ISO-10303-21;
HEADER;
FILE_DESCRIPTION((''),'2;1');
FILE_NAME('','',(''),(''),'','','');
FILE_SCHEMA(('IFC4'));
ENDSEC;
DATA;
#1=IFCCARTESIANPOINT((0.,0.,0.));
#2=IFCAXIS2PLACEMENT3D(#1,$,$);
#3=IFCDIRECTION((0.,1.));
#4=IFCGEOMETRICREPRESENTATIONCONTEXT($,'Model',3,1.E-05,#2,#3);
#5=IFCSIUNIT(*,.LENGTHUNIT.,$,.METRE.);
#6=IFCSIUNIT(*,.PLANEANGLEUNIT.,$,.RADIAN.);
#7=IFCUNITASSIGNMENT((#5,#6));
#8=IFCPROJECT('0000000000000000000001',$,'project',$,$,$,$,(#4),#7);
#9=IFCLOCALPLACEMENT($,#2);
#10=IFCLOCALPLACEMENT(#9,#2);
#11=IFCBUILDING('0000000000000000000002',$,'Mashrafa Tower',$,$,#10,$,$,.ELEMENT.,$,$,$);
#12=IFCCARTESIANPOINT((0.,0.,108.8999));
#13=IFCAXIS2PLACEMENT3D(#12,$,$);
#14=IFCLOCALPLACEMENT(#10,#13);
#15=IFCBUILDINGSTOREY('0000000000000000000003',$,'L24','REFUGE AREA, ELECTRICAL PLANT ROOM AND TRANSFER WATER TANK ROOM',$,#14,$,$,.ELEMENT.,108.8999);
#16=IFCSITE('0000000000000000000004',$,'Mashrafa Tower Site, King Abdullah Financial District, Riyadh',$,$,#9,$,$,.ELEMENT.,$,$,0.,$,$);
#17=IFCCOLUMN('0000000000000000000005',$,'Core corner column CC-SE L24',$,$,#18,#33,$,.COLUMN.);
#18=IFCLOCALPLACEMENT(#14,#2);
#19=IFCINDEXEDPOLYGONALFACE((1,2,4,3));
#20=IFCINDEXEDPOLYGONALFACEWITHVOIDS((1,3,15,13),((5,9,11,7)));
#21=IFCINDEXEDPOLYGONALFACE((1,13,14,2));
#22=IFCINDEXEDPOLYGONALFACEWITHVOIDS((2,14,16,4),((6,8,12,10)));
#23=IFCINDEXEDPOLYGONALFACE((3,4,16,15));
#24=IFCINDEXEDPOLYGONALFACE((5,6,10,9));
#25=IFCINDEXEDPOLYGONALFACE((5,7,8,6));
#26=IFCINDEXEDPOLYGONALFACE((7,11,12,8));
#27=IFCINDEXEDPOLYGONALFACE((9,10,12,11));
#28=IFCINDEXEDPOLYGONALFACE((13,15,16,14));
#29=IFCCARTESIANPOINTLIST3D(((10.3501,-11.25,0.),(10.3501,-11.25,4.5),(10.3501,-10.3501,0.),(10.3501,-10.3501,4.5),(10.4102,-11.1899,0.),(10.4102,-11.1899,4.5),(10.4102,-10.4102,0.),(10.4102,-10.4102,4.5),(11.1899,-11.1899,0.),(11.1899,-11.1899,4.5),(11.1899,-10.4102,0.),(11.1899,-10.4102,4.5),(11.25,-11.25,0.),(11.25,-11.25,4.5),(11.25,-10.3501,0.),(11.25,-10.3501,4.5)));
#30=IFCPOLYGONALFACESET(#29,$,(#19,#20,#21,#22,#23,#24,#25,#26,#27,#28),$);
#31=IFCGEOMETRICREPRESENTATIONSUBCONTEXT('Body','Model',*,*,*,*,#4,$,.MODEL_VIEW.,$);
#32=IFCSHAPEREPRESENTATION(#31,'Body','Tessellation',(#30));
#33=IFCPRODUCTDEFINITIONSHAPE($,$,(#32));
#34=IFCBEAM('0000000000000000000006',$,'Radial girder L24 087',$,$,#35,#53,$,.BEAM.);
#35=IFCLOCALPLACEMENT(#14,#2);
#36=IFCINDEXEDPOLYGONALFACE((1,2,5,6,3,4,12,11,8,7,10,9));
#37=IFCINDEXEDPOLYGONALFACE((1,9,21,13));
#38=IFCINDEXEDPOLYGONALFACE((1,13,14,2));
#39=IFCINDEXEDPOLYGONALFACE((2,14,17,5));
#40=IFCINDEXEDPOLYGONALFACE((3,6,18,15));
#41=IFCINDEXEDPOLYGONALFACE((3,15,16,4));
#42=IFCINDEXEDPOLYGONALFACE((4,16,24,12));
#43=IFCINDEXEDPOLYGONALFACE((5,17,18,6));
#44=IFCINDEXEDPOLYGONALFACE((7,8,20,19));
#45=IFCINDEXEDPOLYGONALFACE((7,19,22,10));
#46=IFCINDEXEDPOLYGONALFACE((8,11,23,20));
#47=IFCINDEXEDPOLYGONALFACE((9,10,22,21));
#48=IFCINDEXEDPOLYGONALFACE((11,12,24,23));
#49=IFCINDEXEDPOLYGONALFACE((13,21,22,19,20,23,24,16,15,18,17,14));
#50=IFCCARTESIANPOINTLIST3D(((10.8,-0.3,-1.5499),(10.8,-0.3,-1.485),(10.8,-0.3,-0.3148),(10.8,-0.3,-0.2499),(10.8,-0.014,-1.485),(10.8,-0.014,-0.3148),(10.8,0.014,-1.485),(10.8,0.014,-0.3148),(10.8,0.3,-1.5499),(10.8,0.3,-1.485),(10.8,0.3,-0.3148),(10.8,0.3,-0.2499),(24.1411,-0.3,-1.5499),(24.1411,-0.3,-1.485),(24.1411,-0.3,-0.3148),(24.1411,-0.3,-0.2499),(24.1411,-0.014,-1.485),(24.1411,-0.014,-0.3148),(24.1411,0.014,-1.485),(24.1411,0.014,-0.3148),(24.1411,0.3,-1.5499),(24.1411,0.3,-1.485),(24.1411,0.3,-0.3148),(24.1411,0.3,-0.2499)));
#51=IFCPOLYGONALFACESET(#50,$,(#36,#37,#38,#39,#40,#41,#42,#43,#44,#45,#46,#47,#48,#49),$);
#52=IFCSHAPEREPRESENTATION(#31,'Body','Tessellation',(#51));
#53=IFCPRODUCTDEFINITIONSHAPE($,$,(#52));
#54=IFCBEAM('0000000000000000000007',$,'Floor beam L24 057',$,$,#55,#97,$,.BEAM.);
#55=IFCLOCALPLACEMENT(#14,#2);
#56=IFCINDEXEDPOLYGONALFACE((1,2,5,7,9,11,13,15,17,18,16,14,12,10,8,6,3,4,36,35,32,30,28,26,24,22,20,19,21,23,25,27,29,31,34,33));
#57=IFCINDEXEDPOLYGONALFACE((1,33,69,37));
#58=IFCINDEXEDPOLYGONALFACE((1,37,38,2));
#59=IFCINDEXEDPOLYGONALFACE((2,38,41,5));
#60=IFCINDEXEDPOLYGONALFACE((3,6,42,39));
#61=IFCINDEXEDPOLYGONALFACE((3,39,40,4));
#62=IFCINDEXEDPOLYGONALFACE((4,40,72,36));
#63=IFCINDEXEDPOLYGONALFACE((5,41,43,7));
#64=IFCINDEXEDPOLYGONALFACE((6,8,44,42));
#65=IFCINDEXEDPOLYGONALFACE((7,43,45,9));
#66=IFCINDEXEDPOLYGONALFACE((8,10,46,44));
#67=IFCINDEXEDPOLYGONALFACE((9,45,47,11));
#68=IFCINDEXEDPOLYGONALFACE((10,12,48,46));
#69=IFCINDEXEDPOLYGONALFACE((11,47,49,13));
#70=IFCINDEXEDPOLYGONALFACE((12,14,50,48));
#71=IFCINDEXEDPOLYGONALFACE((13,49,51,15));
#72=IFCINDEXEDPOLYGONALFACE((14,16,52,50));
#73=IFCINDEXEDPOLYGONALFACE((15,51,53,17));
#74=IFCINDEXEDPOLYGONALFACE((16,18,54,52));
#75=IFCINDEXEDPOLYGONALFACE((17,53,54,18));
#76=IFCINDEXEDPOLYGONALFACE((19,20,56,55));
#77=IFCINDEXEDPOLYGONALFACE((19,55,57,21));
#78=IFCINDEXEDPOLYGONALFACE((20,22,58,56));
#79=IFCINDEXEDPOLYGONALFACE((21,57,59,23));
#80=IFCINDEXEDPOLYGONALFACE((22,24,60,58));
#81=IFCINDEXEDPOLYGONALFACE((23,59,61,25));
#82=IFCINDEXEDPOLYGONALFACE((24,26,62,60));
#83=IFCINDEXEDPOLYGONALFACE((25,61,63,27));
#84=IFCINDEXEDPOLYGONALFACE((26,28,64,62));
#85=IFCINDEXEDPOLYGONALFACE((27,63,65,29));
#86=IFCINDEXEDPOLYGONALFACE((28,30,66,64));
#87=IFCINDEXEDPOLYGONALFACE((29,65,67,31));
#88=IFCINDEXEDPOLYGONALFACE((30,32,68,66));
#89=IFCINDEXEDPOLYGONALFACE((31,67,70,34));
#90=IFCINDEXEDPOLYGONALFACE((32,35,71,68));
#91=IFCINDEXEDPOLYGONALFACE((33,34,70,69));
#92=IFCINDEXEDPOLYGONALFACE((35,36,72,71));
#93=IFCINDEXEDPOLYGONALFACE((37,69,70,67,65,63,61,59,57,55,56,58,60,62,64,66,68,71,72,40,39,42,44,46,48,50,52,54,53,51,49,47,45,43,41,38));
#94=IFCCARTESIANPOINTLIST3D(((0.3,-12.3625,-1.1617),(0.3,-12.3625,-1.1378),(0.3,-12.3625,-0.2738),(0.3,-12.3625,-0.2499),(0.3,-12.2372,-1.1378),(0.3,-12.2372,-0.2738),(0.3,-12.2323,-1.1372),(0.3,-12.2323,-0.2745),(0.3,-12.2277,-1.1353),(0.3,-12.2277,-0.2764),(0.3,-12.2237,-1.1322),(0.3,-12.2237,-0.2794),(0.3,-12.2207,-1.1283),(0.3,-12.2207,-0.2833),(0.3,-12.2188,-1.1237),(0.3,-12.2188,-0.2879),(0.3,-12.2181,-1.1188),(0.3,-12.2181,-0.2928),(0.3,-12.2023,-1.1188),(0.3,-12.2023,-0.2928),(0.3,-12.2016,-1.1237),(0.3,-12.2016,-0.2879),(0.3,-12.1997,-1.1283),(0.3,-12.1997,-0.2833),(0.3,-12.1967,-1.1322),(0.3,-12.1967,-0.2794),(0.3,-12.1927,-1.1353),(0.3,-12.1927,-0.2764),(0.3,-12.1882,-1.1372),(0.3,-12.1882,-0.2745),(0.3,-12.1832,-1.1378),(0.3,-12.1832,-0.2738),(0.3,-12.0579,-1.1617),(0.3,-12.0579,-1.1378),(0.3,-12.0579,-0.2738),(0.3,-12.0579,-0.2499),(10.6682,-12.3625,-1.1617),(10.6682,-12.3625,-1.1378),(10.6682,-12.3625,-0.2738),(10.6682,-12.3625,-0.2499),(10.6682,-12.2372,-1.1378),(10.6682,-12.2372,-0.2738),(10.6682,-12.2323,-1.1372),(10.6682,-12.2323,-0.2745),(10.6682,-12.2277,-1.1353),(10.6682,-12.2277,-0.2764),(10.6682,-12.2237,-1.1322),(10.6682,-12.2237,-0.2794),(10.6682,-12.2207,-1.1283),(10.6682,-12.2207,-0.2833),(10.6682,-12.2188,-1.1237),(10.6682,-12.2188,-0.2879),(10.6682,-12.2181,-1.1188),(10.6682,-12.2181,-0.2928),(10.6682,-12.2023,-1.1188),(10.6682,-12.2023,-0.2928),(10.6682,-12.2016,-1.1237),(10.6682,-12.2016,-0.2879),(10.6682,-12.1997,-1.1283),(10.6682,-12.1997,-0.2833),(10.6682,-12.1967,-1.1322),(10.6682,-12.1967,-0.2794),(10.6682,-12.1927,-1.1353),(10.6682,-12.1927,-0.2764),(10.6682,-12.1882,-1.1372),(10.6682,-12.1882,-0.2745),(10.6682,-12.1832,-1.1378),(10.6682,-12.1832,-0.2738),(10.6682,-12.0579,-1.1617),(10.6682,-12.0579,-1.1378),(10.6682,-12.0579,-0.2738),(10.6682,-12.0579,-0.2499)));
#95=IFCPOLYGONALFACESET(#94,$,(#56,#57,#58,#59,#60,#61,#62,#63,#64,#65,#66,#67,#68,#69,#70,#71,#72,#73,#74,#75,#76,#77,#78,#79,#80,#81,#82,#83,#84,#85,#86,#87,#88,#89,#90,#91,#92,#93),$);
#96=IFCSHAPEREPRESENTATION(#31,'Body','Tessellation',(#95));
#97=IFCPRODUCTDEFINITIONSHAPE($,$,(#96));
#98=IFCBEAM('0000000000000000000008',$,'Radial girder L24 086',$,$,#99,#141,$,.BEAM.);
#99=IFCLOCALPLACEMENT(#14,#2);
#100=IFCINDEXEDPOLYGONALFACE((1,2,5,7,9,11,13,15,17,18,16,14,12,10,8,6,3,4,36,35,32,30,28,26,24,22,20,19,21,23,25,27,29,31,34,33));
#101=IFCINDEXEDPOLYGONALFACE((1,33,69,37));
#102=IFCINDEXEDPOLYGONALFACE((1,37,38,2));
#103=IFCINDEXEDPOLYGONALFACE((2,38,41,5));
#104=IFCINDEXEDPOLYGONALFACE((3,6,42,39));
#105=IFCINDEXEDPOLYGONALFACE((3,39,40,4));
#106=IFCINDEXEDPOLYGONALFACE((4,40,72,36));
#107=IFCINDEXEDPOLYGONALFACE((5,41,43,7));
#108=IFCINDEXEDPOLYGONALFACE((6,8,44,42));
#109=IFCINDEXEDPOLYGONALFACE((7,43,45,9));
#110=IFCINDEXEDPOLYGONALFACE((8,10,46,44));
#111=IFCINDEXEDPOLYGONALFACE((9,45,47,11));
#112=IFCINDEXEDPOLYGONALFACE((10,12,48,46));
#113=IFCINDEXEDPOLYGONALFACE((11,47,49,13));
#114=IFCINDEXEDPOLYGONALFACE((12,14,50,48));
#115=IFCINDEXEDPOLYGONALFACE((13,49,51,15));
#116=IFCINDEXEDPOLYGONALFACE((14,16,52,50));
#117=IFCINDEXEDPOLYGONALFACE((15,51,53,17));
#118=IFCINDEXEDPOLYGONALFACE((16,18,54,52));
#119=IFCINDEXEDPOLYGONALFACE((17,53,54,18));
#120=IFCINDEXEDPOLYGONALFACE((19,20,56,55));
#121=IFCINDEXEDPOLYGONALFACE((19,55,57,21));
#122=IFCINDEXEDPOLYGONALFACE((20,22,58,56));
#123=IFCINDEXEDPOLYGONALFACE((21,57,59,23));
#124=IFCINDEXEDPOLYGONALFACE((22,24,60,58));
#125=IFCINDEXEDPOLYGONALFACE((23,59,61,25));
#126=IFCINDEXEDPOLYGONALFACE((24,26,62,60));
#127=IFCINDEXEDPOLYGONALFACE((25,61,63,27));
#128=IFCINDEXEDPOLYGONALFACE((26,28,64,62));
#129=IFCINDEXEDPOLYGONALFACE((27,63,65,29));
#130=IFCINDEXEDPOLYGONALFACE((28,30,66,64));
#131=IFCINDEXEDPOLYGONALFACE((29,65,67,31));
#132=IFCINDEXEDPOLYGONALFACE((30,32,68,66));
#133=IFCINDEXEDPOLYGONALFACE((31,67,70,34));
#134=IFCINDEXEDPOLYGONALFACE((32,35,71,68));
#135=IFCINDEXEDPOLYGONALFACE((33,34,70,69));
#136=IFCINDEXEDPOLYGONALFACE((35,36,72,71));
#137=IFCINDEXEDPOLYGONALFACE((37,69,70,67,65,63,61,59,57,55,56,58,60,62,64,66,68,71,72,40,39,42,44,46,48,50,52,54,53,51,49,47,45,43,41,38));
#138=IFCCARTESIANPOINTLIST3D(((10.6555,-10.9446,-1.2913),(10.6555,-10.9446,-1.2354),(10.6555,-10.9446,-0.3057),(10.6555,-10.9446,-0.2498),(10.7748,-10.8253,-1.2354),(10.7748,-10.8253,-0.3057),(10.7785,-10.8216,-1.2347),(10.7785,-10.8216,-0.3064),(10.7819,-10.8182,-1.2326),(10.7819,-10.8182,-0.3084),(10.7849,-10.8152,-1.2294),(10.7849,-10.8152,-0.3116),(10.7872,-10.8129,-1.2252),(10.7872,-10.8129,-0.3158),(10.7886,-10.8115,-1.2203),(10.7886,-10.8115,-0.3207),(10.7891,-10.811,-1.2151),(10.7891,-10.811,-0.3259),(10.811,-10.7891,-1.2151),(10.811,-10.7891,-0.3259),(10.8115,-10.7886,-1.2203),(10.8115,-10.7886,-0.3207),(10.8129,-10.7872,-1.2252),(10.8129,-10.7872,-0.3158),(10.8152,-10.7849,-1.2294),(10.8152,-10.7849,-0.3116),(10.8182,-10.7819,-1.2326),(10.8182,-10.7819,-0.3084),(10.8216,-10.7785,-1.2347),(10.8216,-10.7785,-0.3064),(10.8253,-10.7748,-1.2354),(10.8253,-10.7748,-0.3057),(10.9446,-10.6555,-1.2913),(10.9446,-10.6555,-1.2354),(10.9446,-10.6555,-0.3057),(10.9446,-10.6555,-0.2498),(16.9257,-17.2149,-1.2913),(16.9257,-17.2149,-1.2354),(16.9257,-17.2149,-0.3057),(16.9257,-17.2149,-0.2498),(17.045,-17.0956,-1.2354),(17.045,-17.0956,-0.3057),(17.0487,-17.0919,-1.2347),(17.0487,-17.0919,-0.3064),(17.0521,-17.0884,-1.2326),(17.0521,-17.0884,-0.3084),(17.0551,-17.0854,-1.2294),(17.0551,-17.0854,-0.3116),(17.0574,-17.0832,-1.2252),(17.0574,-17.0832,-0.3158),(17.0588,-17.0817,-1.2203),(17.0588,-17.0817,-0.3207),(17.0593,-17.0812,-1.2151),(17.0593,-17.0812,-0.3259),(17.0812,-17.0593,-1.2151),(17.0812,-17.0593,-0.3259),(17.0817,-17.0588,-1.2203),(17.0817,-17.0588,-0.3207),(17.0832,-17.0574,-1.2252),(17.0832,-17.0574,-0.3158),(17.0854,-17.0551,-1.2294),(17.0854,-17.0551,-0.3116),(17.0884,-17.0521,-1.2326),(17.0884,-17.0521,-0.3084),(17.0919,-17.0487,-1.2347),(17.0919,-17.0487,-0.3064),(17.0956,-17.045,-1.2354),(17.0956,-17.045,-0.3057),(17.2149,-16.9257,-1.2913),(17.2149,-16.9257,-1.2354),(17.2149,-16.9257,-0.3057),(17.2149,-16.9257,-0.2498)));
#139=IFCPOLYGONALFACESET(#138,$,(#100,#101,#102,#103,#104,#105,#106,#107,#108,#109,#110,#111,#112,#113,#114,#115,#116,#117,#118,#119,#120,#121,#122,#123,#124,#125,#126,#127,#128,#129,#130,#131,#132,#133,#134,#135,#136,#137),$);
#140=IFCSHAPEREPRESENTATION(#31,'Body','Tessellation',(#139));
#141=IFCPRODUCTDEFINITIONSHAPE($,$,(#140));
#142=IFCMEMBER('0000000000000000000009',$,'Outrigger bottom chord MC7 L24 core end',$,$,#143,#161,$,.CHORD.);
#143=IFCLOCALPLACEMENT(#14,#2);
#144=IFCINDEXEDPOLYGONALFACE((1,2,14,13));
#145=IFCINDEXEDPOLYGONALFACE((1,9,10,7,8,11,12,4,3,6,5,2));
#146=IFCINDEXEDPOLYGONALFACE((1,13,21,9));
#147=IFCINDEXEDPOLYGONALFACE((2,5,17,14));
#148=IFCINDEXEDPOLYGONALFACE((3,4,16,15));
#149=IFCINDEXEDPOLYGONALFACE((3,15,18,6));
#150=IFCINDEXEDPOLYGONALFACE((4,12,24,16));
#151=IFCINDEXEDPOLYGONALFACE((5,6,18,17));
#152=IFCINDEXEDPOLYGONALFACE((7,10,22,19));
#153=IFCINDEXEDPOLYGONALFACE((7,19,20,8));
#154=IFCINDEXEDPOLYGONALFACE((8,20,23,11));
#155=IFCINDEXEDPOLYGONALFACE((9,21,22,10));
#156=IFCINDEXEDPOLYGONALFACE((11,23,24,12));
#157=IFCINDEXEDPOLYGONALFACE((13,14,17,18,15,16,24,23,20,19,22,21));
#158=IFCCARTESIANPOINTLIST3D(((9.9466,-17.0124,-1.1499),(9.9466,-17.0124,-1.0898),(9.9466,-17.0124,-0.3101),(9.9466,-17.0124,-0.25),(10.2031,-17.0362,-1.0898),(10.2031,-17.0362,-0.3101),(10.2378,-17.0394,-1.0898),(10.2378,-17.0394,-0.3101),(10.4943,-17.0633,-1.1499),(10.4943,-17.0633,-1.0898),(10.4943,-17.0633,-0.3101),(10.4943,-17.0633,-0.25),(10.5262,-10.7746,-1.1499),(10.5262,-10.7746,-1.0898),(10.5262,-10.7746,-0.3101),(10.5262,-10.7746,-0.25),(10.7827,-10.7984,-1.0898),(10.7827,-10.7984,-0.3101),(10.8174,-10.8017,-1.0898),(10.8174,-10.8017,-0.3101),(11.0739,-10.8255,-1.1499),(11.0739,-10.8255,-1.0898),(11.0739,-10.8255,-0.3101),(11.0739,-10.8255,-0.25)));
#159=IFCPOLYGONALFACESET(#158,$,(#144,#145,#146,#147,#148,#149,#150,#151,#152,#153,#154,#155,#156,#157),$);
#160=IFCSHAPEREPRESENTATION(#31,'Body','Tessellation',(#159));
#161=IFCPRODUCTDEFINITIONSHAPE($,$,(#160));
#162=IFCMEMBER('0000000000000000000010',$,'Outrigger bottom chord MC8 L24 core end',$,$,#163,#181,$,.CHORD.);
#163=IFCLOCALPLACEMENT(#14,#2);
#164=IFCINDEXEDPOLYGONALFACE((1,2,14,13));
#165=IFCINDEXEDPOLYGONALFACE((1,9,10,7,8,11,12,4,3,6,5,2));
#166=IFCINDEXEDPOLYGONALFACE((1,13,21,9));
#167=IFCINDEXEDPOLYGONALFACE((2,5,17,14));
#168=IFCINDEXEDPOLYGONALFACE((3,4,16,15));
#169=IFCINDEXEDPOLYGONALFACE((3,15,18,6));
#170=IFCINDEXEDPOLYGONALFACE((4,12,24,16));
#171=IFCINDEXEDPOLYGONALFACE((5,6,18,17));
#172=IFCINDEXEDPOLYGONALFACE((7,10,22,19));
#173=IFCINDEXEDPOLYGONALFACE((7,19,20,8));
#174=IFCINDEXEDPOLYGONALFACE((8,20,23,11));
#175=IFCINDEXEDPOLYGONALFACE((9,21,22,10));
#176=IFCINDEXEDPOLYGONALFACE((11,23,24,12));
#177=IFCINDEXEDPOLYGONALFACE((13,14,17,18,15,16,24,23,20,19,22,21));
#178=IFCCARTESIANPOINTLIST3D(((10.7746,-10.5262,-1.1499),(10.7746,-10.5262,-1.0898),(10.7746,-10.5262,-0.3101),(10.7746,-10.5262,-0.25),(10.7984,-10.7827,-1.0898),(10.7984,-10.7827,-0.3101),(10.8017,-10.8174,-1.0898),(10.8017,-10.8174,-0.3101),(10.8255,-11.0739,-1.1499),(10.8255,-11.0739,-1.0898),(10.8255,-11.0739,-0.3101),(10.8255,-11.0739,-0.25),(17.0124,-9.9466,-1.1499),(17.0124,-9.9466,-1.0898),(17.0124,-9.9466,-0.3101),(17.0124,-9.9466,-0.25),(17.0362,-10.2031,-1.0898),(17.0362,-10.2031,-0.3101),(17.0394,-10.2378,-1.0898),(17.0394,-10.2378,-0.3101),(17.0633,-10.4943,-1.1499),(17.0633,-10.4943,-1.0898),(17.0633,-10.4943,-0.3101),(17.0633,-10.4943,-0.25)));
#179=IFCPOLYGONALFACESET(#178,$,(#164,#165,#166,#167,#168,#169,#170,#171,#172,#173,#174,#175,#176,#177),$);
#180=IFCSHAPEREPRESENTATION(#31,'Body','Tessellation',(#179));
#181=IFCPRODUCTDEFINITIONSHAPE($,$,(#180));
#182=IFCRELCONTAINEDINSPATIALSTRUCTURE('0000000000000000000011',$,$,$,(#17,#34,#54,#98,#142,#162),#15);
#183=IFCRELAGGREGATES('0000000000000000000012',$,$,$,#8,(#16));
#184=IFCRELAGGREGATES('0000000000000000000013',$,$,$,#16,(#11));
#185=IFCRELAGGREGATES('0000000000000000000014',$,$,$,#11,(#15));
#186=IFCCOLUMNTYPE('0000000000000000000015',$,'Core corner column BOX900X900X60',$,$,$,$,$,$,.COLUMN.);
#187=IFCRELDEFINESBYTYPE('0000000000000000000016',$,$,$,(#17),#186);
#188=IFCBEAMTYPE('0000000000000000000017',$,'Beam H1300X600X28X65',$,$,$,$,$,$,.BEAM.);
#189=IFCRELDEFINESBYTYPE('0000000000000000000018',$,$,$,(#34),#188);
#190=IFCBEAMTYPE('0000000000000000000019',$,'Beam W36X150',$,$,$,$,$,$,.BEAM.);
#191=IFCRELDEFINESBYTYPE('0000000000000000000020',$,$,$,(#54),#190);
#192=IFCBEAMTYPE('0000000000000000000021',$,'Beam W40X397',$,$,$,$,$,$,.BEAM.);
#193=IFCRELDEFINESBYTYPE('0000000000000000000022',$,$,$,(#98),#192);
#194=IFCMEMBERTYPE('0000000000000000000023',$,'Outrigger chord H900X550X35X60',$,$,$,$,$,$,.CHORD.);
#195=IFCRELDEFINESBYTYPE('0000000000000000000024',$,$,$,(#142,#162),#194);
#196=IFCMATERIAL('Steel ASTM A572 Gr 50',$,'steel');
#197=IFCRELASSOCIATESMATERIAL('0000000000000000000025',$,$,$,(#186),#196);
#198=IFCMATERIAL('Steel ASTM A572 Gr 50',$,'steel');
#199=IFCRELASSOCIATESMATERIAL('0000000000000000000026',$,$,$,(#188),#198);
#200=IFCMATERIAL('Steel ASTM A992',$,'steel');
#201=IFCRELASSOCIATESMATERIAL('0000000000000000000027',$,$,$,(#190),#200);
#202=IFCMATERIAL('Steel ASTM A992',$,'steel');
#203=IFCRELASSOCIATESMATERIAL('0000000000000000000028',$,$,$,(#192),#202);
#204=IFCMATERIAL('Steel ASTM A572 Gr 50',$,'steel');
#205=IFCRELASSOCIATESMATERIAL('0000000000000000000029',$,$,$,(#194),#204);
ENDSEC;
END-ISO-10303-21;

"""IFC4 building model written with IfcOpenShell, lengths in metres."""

from ifc_helpers import new_model, si_unit, direction, frame, origin, origin_2d, place, context, subcontext, project, spatial, hollow_rectangle, i_section, extrude, source, transform, mapped, material, material_profile, profile_set, type_object, element, save


model = new_model("IFC4")

# Units and contexts
model_context = context("Model", 3, precision=1e-05, world=origin(), true_north=direction((0.0, 1.0)))
body_context = subcontext(model_context, "Body", "Model", "MODEL_VIEW")
ifc_project = project(units=[si_unit("LENGTHUNIT", "METRE"), si_unit("PLANEANGLEUNIT", "RADIAN")], contexts=[model_context])

# Site, building, storey
site_placement = place(None, origin())
site = spatial("IfcSite", under=ifc_project, at=site_placement, Name="Mashrafa Tower Site, King Abdullah Financial District, Riyadh", CompositionType="ELEMENT", RefElevation=0.0)
building_placement = place(site_placement, origin())
building = spatial("IfcBuilding", under=site, at=building_placement, Name="Mashrafa Tower", CompositionType="ELEMENT")
storey_placement = place(building_placement, frame((0.0, 0.0, 108.8999)))
storey = spatial("IfcBuildingStorey", under=building, at=storey_placement, Name="L24", Description="REFUGE AREA, ELECTRICAL PLANT ROOM AND TRANSFER WATER TANK ROOM", CompositionType="ELEMENT", Elevation=108.8999)

# Column
ifc_material_1 = material(Name="Steel ASTM A572 Gr 50", Category="steel")
ifc_material_profile_1 = material_profile(ifc_material_1, hollow_rectangle(XDim=0.8999, YDim=0.8999, WallThickness=0.0601, at=origin_2d()), Name="BOX900X900X60")
ifc_profile_set_1 = profile_set([ifc_material_profile_1], Name="Steel ASTM A572 Gr 50")
column_type = type_object("IfcColumnType", Name="Core corner column BOX900X900X60", PredefinedType="COLUMN", material=ifc_profile_set_1)
column_placement = place(storey_placement, frame((10.8, -10.8, 0.0), z_axis=(0.0, 0.0, 1.0), x_axis=(1.0, 0.0, 0.0)))
element("IfcColumn", 1, at=column_placement, inside=storey, type_object=column_type, Name="Core corner column CC-SE L24", PredefinedType="COLUMN", context=body_context, shape_type="SweptSolid", body=[
    extrude(hollow_rectangle(XDim=0.8999, YDim=0.8999, WallThickness=0.0601, at=origin_2d()), origin(), (0.0, 0.0, 1.0), 4.5),
])

# Beams
ifc_material_2 = material(Name="Steel ASTM A572 Gr 50", Category="steel")
ifc_material_profile_2 = material_profile(ifc_material_2, i_section(OverallWidth=0.6001, OverallDepth=1.3, WebThickness=0.0281, FlangeThickness=0.0649, at=origin_2d()), Name="H1300X600X28X65")
ifc_profile_set_2 = profile_set([ifc_material_profile_2], Name="Steel ASTM A572 Gr 50")
beam_type_1 = type_object("IfcBeamType", Name="Beam H1300X600X28X65", PredefinedType="BEAM", material=ifc_profile_set_2)
beam_1_placement = place(storey_placement, frame((10.8, 0.0, -0.8999), z_axis=(1.0, 0.0, 0.0), x_axis=(0.0, 1.0, 0.0)))
element("IfcBeam", 2, at=beam_1_placement, inside=storey, type_object=beam_type_1, Name="Radial girder L24 087", PredefinedType="BEAM", context=body_context, shape_type="SweptSolid", body=[
    extrude(i_section(OverallWidth=0.6001, OverallDepth=1.3, WebThickness=0.0281, FlangeThickness=0.0649, at=origin_2d()), origin(), (0.0, 0.0, 1.0), 13.3411),
])
ifc_material_3 = material(Name="Steel ASTM A992", Category="steel")
ifc_material_profile_3 = material_profile(ifc_material_3, i_section(OverallWidth=0.3047, OverallDepth=0.9119, WebThickness=0.0159, FlangeThickness=0.0239, FilletRadius=0.019, at=origin_2d()), Name="W36X150")
ifc_profile_set_3 = profile_set([ifc_material_profile_3], Name="Steel ASTM A992")
beam_type_2 = type_object("IfcBeamType", Name="Beam W36X150", PredefinedType="BEAM", material=ifc_profile_set_3)
beam_2_placement = place(storey_placement, frame((10.6682, -12.2102, -0.7058), z_axis=(-1.0, 0.0, 0.0), x_axis=(0.0, -1.0, 0.0)))
element("IfcBeam", 3, at=beam_2_placement, inside=storey, type_object=beam_type_2, Name="Floor beam L24 057", PredefinedType="BEAM", context=body_context, shape_type="SweptSolid", body=[
    extrude(i_section(OverallWidth=0.3047, OverallDepth=0.9119, WebThickness=0.0159, FlangeThickness=0.0239, FilletRadius=0.019, at=origin_2d()), origin(), (0.0, 0.0, 1.0), 10.3682),
])
ifc_material_4 = material(Name="Steel ASTM A992", Category="steel")
ifc_material_profile_4 = material_profile(ifc_material_4, i_section(OverallWidth=0.4089, OverallDepth=1.0415, WebThickness=0.031, FlangeThickness=0.0559, FilletRadius=0.0203, at=origin_2d()), Name="W40X397")
ifc_profile_set_4 = profile_set([ifc_material_profile_4], Name="Steel ASTM A992")
beam_type_3 = type_object("IfcBeamType", Name="Beam W40X397", PredefinedType="BEAM", material=ifc_profile_set_4)
beam_3_placement = place(storey_placement, frame((10.8, -10.8, -0.7705), z_axis=(0.707107, -0.707107, 0.0), x_axis=(0.707107, 0.707107, 0.0)))
element("IfcBeam", 4, at=beam_3_placement, inside=storey, type_object=beam_type_3, Name="Radial girder L24 086", PredefinedType="BEAM", context=body_context, shape_type="SweptSolid", body=[
    extrude(i_section(OverallWidth=0.4089, OverallDepth=1.0415, WebThickness=0.031, FlangeThickness=0.0559, FilletRadius=0.0203, at=origin_2d()), origin(), (0.0, 0.0, 1.0), 8.8674),
])

# Members
ifc_material_5 = material(Name="Steel ASTM A572 Gr 50", Category="steel")
ifc_material_profile_5 = material_profile(ifc_material_5, i_section(OverallWidth=0.55, OverallDepth=0.8999, WebThickness=0.0349, FlangeThickness=0.0601, at=origin_2d()), Name="H900X550X35X60")
ifc_profile_set_5 = profile_set([ifc_material_profile_5], Name="Steel ASTM A572 Gr 50")
member_type = type_object("IfcMemberType", Name="Outrigger chord H900X550X35X60", PredefinedType="CHORD", material=ifc_profile_set_5)
shared_shape_1 = source(origin(), body_context, "Body", "SweptSolid", [
    extrude(i_section(OverallWidth=0.55, OverallDepth=0.8999, WebThickness=0.0349, FlangeThickness=0.0601, at=origin_2d()), origin(), (0.0, 0.0, 1.0), 6.2646),
])
for number, where, z_axis, x_axis, name in (
    (5, (10.8, -10.8, -0.7), (-0.092517, -0.995711, 0.0), (0.995711, -0.092517, 0.0), "Outrigger bottom chord MC7 L24 core end"),
    (6, (10.8, -10.8, -0.7), (0.995711, 0.092517, 0.0), (-0.092517, 0.995711, 0.0), "Outrigger bottom chord MC8 L24 core end"),
):
    element("IfcMember", number, at=place(storey_placement, frame(where, z_axis=z_axis, x_axis=x_axis)), inside=storey, type_object=member_type, Name=name, PredefinedType="CHORD", context=body_context, shape_type="MappedRepresentation", body=[
        mapped(shared_shape_1, transform((0.0, 0.0, 0.0))),
    ])

save(model, "model.ifc")
